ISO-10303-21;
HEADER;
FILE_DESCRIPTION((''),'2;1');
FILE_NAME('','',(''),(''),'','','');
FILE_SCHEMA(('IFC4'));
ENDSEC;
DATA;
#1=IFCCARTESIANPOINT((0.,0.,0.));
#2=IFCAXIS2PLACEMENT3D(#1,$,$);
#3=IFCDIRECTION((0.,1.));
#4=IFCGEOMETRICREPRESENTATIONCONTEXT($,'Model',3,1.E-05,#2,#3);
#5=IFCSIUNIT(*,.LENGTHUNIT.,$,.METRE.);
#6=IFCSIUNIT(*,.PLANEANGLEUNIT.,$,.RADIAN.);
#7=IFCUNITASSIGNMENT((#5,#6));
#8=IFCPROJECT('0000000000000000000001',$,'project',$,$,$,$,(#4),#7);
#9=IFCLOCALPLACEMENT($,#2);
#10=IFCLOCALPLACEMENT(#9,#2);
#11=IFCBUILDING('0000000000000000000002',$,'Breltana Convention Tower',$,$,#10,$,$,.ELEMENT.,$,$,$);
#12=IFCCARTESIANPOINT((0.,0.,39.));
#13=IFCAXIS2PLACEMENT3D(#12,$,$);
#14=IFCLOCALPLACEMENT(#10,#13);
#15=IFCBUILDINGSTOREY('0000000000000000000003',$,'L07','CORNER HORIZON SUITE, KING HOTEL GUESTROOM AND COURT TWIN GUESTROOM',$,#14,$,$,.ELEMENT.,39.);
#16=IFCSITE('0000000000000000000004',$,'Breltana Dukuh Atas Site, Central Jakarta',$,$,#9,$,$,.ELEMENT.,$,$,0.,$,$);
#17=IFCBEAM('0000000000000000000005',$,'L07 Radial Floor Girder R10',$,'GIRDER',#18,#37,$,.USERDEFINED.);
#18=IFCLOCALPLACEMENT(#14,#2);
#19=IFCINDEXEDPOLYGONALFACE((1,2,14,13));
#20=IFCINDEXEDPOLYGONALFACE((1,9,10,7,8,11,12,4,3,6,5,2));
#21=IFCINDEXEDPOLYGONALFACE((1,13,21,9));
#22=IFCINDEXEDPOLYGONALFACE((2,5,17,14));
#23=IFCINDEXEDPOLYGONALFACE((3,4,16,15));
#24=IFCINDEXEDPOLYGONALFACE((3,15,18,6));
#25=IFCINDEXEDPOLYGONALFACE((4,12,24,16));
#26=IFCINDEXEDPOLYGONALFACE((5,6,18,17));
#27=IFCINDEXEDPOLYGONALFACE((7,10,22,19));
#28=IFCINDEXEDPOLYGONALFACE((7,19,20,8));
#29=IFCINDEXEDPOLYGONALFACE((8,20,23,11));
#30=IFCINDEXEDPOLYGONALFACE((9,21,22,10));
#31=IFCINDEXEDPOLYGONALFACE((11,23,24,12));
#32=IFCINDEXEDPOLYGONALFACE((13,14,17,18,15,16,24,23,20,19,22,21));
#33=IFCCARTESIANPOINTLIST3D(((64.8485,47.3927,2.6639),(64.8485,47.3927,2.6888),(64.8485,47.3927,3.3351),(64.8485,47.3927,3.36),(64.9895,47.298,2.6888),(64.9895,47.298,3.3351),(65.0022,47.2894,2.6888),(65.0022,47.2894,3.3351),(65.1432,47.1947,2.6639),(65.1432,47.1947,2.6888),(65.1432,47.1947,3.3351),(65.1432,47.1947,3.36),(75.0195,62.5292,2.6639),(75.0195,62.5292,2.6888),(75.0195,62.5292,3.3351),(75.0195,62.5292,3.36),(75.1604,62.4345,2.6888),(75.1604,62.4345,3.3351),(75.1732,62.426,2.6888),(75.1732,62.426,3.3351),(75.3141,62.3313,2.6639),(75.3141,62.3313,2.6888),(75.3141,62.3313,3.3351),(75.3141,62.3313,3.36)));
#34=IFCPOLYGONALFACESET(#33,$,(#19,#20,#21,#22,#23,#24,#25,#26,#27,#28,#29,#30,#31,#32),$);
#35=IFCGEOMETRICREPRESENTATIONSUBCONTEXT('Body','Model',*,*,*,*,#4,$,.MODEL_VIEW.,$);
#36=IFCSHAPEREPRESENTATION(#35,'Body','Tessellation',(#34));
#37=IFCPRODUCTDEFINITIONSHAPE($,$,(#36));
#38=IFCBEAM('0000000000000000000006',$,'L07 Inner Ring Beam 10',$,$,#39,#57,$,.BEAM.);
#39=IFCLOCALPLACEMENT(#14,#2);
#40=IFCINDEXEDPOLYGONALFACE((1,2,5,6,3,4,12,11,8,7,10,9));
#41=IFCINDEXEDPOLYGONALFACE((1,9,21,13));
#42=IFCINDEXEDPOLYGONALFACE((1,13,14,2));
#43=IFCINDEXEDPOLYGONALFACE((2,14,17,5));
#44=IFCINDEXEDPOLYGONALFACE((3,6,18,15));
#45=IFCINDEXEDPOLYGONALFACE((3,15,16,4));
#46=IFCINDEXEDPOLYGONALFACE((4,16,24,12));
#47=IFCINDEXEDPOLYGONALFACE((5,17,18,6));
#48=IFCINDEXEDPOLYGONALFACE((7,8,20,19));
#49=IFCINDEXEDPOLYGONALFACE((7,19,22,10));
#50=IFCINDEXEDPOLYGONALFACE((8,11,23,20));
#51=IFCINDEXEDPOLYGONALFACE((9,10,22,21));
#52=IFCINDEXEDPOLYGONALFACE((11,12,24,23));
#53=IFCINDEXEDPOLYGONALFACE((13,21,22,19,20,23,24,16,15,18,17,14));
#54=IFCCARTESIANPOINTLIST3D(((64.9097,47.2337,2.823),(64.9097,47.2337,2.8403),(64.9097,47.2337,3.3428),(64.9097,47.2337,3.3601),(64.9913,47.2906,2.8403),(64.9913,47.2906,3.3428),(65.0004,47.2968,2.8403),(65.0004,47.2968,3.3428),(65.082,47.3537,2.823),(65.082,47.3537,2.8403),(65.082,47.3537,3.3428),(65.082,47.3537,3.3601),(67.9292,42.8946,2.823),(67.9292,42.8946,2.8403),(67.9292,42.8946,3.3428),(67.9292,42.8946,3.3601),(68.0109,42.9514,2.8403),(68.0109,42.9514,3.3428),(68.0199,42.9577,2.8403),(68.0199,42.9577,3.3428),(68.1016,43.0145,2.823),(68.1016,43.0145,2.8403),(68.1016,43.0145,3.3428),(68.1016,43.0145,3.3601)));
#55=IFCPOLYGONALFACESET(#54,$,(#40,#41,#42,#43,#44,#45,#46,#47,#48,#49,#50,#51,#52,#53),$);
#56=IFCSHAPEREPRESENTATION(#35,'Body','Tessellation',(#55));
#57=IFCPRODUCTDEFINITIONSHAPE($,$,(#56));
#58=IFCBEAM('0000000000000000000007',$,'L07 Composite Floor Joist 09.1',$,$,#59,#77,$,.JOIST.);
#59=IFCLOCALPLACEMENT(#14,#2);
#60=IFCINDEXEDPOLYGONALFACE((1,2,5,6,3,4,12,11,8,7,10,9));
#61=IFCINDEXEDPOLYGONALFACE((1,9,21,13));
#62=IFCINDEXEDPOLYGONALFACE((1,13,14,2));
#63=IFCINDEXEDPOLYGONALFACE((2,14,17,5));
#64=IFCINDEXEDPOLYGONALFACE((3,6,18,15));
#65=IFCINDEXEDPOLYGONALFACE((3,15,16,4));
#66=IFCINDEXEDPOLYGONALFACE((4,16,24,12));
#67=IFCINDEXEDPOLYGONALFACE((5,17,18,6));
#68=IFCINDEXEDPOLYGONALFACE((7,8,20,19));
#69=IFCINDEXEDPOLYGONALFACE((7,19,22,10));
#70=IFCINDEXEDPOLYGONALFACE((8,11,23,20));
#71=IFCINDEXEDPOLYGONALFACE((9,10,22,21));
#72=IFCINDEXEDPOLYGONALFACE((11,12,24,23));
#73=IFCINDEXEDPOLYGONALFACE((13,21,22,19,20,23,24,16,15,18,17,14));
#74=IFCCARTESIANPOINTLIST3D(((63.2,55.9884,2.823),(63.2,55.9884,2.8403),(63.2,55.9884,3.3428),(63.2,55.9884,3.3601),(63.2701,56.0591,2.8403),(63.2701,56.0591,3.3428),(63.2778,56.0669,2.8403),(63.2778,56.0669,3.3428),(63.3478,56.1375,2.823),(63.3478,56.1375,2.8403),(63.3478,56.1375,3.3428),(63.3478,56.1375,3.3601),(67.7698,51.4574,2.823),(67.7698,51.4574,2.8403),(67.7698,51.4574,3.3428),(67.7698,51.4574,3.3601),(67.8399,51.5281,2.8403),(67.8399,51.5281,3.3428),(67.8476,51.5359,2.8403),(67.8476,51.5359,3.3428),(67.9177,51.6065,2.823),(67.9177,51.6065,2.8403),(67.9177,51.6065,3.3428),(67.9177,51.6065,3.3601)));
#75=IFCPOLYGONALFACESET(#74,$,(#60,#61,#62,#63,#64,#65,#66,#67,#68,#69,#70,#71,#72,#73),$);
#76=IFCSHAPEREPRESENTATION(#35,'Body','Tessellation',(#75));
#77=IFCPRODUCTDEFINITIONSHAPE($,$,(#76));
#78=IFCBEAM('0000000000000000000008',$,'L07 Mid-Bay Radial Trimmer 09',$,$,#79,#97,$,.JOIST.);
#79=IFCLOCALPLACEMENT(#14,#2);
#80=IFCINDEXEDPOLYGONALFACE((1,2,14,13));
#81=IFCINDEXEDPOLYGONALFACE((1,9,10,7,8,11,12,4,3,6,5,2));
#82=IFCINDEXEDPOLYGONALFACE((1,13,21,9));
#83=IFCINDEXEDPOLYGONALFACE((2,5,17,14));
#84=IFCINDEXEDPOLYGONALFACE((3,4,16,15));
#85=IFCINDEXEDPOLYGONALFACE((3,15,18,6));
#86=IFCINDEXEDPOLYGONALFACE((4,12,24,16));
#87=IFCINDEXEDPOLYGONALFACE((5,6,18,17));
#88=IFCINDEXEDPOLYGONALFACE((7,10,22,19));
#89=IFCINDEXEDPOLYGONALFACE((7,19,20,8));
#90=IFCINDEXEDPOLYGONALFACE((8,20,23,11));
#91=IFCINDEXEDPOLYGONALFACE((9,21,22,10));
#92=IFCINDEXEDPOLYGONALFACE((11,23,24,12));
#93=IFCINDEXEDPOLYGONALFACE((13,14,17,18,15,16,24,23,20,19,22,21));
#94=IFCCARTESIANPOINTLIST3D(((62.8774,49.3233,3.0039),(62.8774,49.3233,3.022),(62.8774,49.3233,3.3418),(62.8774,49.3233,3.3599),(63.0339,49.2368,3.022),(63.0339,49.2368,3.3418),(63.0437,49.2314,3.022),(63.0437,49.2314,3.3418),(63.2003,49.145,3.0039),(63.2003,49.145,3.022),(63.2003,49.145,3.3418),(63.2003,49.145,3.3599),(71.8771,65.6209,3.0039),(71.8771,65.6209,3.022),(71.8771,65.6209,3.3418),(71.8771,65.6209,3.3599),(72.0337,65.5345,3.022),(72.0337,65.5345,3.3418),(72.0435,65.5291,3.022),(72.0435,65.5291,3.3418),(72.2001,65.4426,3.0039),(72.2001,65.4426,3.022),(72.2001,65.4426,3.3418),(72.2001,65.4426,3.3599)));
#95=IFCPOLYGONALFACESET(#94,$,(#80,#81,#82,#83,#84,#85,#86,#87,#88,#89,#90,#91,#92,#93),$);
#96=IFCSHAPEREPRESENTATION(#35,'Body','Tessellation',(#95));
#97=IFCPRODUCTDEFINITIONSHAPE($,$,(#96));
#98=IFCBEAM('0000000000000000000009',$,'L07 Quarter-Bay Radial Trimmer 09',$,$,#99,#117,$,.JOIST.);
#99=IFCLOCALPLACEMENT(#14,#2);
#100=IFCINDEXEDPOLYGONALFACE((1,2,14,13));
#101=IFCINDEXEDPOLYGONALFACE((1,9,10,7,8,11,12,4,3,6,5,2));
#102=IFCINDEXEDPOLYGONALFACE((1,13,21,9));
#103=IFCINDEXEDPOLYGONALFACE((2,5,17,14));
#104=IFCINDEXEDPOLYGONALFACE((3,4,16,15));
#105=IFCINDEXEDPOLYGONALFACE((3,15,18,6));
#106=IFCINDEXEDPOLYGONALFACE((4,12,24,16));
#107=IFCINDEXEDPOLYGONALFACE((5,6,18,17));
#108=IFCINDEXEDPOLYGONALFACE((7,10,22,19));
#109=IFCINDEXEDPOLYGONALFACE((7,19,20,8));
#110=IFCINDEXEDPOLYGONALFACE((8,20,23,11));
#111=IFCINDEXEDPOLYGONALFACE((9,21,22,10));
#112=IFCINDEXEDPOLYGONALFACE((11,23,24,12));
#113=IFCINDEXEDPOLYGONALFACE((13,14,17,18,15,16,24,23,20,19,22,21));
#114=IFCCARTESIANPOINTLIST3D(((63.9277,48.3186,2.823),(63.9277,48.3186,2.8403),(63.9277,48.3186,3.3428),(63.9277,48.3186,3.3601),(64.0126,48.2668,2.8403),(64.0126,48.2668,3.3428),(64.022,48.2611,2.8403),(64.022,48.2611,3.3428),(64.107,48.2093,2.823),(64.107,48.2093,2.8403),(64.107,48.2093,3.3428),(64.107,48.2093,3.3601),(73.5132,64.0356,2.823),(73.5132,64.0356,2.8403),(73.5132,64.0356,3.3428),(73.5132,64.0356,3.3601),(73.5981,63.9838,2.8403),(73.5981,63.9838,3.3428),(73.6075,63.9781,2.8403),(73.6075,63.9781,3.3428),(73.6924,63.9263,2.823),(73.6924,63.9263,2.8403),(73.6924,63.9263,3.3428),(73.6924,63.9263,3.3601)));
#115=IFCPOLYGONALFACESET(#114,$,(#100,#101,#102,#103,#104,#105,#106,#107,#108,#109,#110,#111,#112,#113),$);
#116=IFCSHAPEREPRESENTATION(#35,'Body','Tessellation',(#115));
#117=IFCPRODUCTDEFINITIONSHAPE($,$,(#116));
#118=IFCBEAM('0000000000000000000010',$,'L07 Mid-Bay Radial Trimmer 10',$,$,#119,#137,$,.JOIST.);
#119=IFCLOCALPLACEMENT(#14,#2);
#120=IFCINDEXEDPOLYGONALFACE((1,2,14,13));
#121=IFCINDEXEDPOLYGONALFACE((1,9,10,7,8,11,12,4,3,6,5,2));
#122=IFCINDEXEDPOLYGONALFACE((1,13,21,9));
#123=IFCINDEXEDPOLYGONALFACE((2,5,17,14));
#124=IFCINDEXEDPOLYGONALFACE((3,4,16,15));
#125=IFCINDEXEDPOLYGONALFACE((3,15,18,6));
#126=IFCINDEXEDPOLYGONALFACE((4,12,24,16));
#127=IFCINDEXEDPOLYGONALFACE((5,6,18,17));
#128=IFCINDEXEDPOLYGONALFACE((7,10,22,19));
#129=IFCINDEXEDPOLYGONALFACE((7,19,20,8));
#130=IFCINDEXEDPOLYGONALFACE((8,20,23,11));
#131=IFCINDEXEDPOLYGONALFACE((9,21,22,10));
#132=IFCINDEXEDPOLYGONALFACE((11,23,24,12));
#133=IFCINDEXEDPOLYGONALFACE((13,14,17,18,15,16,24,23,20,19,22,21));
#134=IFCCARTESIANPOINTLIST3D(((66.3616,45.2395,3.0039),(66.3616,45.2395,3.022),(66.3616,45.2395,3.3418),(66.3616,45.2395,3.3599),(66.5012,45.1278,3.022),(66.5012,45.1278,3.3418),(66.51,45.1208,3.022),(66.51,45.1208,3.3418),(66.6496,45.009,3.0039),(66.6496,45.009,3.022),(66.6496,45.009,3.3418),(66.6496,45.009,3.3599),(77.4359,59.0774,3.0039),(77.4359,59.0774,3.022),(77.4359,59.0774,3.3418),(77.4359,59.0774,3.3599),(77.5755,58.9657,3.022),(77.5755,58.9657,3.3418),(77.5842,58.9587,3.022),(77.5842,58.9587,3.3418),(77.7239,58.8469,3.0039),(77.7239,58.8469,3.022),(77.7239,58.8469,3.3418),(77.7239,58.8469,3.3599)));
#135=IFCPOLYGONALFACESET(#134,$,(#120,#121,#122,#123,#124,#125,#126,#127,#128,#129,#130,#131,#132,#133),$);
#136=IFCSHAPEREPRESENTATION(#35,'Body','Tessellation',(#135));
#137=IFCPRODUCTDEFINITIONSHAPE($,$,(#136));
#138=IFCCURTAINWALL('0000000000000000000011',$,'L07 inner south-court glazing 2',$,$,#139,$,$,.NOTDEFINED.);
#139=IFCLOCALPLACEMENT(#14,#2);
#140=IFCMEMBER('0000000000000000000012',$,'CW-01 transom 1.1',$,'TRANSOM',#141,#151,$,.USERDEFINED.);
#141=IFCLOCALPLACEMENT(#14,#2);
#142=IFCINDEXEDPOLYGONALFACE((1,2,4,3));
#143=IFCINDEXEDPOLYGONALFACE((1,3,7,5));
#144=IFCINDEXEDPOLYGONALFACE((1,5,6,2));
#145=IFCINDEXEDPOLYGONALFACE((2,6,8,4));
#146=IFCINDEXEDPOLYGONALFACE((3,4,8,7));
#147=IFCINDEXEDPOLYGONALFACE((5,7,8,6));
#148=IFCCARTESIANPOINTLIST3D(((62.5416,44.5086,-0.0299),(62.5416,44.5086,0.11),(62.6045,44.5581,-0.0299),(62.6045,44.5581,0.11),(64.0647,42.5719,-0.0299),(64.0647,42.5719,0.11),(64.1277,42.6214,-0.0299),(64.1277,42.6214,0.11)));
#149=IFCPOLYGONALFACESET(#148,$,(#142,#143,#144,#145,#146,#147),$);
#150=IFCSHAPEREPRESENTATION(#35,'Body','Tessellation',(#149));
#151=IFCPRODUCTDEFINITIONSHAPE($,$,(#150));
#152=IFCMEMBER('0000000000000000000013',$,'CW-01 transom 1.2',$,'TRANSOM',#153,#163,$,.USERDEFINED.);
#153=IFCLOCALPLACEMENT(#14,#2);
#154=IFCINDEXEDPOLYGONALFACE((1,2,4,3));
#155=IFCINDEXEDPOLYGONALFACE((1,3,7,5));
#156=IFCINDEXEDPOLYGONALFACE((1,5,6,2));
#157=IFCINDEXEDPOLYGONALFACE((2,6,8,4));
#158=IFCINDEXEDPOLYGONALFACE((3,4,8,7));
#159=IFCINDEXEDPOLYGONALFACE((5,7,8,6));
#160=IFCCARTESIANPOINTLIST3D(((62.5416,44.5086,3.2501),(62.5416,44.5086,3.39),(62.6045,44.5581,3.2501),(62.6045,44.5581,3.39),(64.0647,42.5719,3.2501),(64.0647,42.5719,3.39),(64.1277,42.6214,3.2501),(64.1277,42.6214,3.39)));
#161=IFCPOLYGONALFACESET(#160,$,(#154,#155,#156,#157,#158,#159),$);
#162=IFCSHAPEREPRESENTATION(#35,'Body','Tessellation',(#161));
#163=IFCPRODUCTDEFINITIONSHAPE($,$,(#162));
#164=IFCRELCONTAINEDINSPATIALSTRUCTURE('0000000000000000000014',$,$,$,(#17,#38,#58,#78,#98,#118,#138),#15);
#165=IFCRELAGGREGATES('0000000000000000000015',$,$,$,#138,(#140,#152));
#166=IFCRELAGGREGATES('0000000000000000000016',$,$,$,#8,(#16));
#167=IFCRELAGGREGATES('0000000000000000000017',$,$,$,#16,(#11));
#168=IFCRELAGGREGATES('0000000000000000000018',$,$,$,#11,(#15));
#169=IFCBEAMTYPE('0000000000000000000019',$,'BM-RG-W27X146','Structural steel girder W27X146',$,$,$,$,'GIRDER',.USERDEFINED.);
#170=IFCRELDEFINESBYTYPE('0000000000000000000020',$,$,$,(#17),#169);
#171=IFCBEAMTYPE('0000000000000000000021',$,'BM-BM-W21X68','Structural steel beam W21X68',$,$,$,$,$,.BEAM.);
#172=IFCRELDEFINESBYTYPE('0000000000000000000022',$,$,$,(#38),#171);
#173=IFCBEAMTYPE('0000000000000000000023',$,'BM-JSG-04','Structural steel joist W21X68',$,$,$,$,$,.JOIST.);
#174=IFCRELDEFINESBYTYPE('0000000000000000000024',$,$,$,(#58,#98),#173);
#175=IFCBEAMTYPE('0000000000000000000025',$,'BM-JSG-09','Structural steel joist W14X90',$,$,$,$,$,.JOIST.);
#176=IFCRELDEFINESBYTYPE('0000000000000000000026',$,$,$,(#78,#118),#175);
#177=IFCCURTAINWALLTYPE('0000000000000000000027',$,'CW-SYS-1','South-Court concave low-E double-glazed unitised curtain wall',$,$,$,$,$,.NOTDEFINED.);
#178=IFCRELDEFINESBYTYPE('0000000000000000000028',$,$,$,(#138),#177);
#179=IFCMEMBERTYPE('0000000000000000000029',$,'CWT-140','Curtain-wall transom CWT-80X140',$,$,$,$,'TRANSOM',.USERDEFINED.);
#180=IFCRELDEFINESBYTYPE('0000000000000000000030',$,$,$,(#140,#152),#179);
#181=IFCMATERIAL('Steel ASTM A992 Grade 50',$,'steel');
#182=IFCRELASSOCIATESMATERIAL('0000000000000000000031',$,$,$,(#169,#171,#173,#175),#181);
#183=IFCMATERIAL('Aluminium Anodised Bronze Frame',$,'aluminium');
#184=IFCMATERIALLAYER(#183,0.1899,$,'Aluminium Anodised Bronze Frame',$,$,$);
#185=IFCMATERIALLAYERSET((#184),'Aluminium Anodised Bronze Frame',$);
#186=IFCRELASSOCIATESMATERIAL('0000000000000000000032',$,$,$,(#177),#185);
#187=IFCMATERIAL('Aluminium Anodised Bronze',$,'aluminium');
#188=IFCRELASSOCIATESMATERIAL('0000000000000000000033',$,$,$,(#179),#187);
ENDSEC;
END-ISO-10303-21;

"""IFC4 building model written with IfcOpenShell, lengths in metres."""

from ifc_helpers import new_model, si_unit, direction, frame, origin, origin_2d, place, context, subcontext, project, spatial, rectangle, i_section, extrude, source, transform, mapped, material, layer, layer_set, material_profile, profile_set, type_object, element, aggregate, save


model = new_model("IFC4")

# Units and contexts
model_context = context("Model", 3, precision=1e-05, world=origin(), true_north=direction((0.0, 1.0)))
body_context = subcontext(model_context, "Body", "Model", "MODEL_VIEW")
ifc_project = project(units=[si_unit("LENGTHUNIT", "METRE"), si_unit("PLANEANGLEUNIT", "RADIAN")], contexts=[model_context])

# Site, building, storey
site_placement = place(None, origin())
site = spatial("IfcSite", under=ifc_project, at=site_placement, Name="Breltana Dukuh Atas Site, Central Jakarta", CompositionType="ELEMENT", RefElevation=0.0)
building_placement = place(site_placement, origin())
building = spatial("IfcBuilding", under=site, at=building_placement, Name="Breltana Convention Tower", CompositionType="ELEMENT")
storey_placement = place(building_placement, frame((0.0, 0.0, 39.0)))
storey = spatial("IfcBuildingStorey", under=building, at=storey_placement, Name="L07", Description="CORNER HORIZON SUITE, KING HOTEL GUESTROOM AND COURT TWIN GUESTROOM", CompositionType="ELEMENT", Elevation=39.0)

# Beams
ifc_material_1 = material(Name="Steel ASTM A992 Grade 50", Category="steel")
ifc_material_profile_1 = material_profile(ifc_material_1, i_section(OverallWidth=0.355, OverallDepth=0.696, WebThickness=0.0154, FlangeThickness=0.0249, at=origin_2d()), Name="W27X146")
ifc_profile_set_1 = profile_set([ifc_material_profile_1], Name="Steel ASTM A992 Grade 50")
beam_type_1 = type_object("IfcBeamType", Name="BM-RG-W27X146", Description="Structural steel girder W27X146", ElementType="GIRDER", PredefinedType="USERDEFINED", material=ifc_profile_set_1)
shared_shape_1 = source(origin(), body_context, "Body", "SweptSolid", [
    extrude(i_section(OverallWidth=0.355, OverallDepth=0.696, WebThickness=0.0154, FlangeThickness=0.0249, at=origin_2d()), origin(), (0.0, 0.0, 1.0), 18.2363),
])
beam_1_placement = place(storey_placement, frame((64.9958, 47.2937, 3.012), z_axis=(0.55773, 0.830022, 0.0), x_axis=(-0.830022, 0.55773, 0.0)))
element("IfcBeam", 1, at=beam_1_placement, inside=storey, type_object=beam_type_1, Name="L07 Radial Floor Girder R10", ObjectType="GIRDER", PredefinedType="USERDEFINED", context=body_context, shape_type="MappedRepresentation", body=[
    mapped(shared_shape_1, transform((0.0, 0.0, 0.0), scale=1.0)),
])
ifc_material_profile_2 = material_profile(ifc_material_1, i_section(OverallWidth=0.21, OverallDepth=0.5371, WebThickness=0.011, FlangeThickness=0.0173, at=origin_2d()), Name="W21X68")
ifc_profile_set_2 = profile_set([ifc_material_profile_2], Name="Steel ASTM A992 Grade 50")
beam_type_2 = type_object("IfcBeamType", Name="BM-BM-W21X68", Description="Structural steel beam W21X68", PredefinedType="BEAM", material=ifc_profile_set_2)
shared_shape_2 = source(origin(), body_context, "Body", "SweptSolid", [
    extrude(i_section(OverallWidth=0.21, OverallDepth=0.5371, WebThickness=0.011, FlangeThickness=0.0173, at=origin_2d()), origin(), (0.0, 0.0, 1.0), 5.2864),
])
beam_2_placement = place(storey_placement, frame((64.9958, 47.2937, 3.0916), z_axis=(0.571194, -0.820815, 0.0), x_axis=(0.820815, 0.571194, 0.0)))
element("IfcBeam", 2, at=beam_2_placement, inside=storey, type_object=beam_type_2, Name="L07 Inner Ring Beam 10", PredefinedType="BEAM", context=body_context, shape_type="MappedRepresentation", body=[
    mapped(shared_shape_2, transform((0.0, 0.0, 0.0), scale=1.0)),
])
ifc_material_profile_3 = material_profile(ifc_material_1, i_section(OverallWidth=0.21, OverallDepth=0.5371, WebThickness=0.011, FlangeThickness=0.0173, at=origin_2d()), Name="W21X68")
ifc_profile_set_3 = profile_set([ifc_material_profile_3], Name="Steel ASTM A992 Grade 50")
beam_type_3 = type_object("IfcBeamType", Name="BM-JSG-04", Description="Structural steel joist W21X68", PredefinedType="JOIST", material=ifc_profile_set_3)
shared_shape_3 = source(origin(), body_context, "Body", "SweptSolid", [
    extrude(i_section(OverallWidth=0.21, OverallDepth=0.5371, WebThickness=0.011, FlangeThickness=0.0173, at=origin_2d()), origin(), (0.0, 0.0, 1.0), 6.4353),
])
beam_3_placement = place(storey_placement, frame((63.2739, 56.063, 3.0916), z_axis=(0.710116, -0.704084, 0.0), x_axis=(0.704084, 0.710116, 0.0)))
element("IfcBeam", 3, at=beam_3_placement, inside=storey, type_object=beam_type_3, Name="L07 Composite Floor Joist 09.1", PredefinedType="JOIST", context=body_context, shape_type="MappedRepresentation", body=[
    mapped(shared_shape_3, transform((0.0, 0.0, 0.0), scale=1.0)),
])
ifc_material_profile_4 = material_profile(ifc_material_1, i_section(OverallWidth=0.3689, OverallDepth=0.356, WebThickness=0.0112, FlangeThickness=0.0181, at=origin_2d()), Name="W14X90")
ifc_profile_set_4 = profile_set([ifc_material_profile_4], Name="Steel ASTM A992 Grade 50")
beam_type_4 = type_object("IfcBeamType", Name="BM-JSG-09", Description="Structural steel joist W14X90", PredefinedType="JOIST", material=ifc_profile_set_4)
shared_shape_4 = source(origin(), body_context, "Body", "SweptSolid", [
    extrude(i_section(OverallWidth=0.3689, OverallDepth=0.356, WebThickness=0.0112, FlangeThickness=0.0181, at=origin_2d()), origin(), (0.0, 0.0, 1.0), 18.6174),
])
beam_4_placement = place(storey_placement, frame((63.0388, 49.2341, 3.1819), z_axis=(0.483406, 0.875396, 0.0), x_axis=(-0.875396, 0.483406, 0.0)))
element("IfcBeam", 4, at=beam_4_placement, inside=storey, type_object=beam_type_4, Name="L07 Mid-Bay Radial Trimmer 09", PredefinedType="JOIST", context=body_context, shape_type="MappedRepresentation", body=[
    mapped(shared_shape_4, transform((0.0, 0.0, 0.0), scale=1.0)),
])
shared_shape_5 = source(origin(), body_context, "Body", "SweptSolid", [
    extrude(i_section(OverallWidth=0.21, OverallDepth=0.5371, WebThickness=0.011, FlangeThickness=0.0173, at=origin_2d()), origin(), (0.0, 0.0, 1.0), 18.4094),
])
beam_5_placement = place(storey_placement, frame((64.0173, 48.2639, 3.0916), z_axis=(0.520682, 0.853751, 0.0), x_axis=(-0.853751, 0.520682, 0.0)))
element("IfcBeam", 5, at=beam_5_placement, inside=storey, type_object=beam_type_3, Name="L07 Quarter-Bay Radial Trimmer 09", PredefinedType="JOIST", context=body_context, shape_type="MappedRepresentation", body=[
    mapped(shared_shape_5, transform((0.0, 0.0, 0.0), scale=1.0)),
])
shared_shape_6 = source(origin(), body_context, "Body", "SweptSolid", [
    extrude(i_section(OverallWidth=0.3689, OverallDepth=0.356, WebThickness=0.0112, FlangeThickness=0.0181, at=origin_2d()), origin(), (0.0, 0.0, 1.0), 17.7236),
])
beam_6_placement = place(storey_placement, frame((66.5056, 45.1243, 3.1819), z_axis=(0.624829, 0.780761, 0.0), x_axis=(-0.780761, 0.624829, 0.0)))
element("IfcBeam", 6, at=beam_6_placement, inside=storey, type_object=beam_type_4, Name="L07 Mid-Bay Radial Trimmer 10", PredefinedType="JOIST", context=body_context, shape_type="MappedRepresentation", body=[
    mapped(shared_shape_6, transform((0.0, 0.0, 0.0), scale=1.0)),
])

# Curtain wall, members
ifc_material_2 = material(Name="Aluminium Anodised Bronze Frame", Category="aluminium")
ifc_layer_1 = layer(ifc_material_2, 0.1899, Name="Aluminium Anodised Bronze Frame")
ifc_layer_set_1 = layer_set([ifc_layer_1], Name="Aluminium Anodised Bronze Frame")
curtain_wall_type = type_object("IfcCurtainWallType", Name="CW-SYS-1", Description="South-Court concave low-E double-glazed unitised curtain wall", PredefinedType="NOTDEFINED", material=ifc_layer_set_1)
curtain_wall_1_placement = place(storey_placement, origin())
curtain_wall_1 = element("IfcCurtainWall", 7, at=curtain_wall_1_placement, inside=storey, type_object=curtain_wall_type, Name="L07 inner south-court glazing 2", PredefinedType="NOTDEFINED")
ifc_material_3 = material(Name="Aluminium Anodised Bronze", Category="aluminium")
ifc_material_profile_5 = material_profile(ifc_material_3, rectangle(XDim=0.0801, YDim=0.1399, at=origin_2d()), Name="CWT-80X140")
ifc_profile_set_5 = profile_set([ifc_material_profile_5], Name="Aluminium Anodised Bronze")
member_type_1 = type_object("IfcMemberType", Name="CWT-140", Description="Curtain-wall transom CWT-80X140", ElementType="TRANSOM", PredefinedType="USERDEFINED", material=ifc_profile_set_5)
shared_shape_7 = source(origin(), body_context, "Body", "SweptSolid", [
    extrude(rectangle(XDim=0.0801, YDim=0.1399, at=origin_2d()), origin(), (0.0, 0.0, 1.0), 2.4639),
])
member_1_placement = place(storey_placement, frame((64.0962, 42.5967, 0.04), z_axis=(-0.618185, 0.786033, 0.0), x_axis=(-0.786033, -0.618185, 0.0)))
member_1 = element("IfcMember", 8, at=member_1_placement, type_object=member_type_1, Name="CW-01 transom 1.1", ObjectType="TRANSOM", PredefinedType="USERDEFINED", context=body_context, shape_type="MappedRepresentation", body=[
    mapped(shared_shape_7, transform((0.0, 0.0, 0.0), scale=1.0)),
])
member_2_placement = place(storey_placement, frame((64.0962, 42.5967, 3.3201), z_axis=(-0.618185, 0.786033, 0.0), x_axis=(-0.786033, -0.618185, 0.0)))
member_2 = element("IfcMember", 9, at=member_2_placement, type_object=member_type_1, Name="CW-01 transom 1.2", ObjectType="TRANSOM", PredefinedType="USERDEFINED", context=body_context, shape_type="MappedRepresentation", body=[
    mapped(shared_shape_7, transform((0.0, 0.0, 0.0), scale=1.0)),
])

aggregate(curtain_wall_1, [member_1, member_2])

save(model, "model.ifc")
